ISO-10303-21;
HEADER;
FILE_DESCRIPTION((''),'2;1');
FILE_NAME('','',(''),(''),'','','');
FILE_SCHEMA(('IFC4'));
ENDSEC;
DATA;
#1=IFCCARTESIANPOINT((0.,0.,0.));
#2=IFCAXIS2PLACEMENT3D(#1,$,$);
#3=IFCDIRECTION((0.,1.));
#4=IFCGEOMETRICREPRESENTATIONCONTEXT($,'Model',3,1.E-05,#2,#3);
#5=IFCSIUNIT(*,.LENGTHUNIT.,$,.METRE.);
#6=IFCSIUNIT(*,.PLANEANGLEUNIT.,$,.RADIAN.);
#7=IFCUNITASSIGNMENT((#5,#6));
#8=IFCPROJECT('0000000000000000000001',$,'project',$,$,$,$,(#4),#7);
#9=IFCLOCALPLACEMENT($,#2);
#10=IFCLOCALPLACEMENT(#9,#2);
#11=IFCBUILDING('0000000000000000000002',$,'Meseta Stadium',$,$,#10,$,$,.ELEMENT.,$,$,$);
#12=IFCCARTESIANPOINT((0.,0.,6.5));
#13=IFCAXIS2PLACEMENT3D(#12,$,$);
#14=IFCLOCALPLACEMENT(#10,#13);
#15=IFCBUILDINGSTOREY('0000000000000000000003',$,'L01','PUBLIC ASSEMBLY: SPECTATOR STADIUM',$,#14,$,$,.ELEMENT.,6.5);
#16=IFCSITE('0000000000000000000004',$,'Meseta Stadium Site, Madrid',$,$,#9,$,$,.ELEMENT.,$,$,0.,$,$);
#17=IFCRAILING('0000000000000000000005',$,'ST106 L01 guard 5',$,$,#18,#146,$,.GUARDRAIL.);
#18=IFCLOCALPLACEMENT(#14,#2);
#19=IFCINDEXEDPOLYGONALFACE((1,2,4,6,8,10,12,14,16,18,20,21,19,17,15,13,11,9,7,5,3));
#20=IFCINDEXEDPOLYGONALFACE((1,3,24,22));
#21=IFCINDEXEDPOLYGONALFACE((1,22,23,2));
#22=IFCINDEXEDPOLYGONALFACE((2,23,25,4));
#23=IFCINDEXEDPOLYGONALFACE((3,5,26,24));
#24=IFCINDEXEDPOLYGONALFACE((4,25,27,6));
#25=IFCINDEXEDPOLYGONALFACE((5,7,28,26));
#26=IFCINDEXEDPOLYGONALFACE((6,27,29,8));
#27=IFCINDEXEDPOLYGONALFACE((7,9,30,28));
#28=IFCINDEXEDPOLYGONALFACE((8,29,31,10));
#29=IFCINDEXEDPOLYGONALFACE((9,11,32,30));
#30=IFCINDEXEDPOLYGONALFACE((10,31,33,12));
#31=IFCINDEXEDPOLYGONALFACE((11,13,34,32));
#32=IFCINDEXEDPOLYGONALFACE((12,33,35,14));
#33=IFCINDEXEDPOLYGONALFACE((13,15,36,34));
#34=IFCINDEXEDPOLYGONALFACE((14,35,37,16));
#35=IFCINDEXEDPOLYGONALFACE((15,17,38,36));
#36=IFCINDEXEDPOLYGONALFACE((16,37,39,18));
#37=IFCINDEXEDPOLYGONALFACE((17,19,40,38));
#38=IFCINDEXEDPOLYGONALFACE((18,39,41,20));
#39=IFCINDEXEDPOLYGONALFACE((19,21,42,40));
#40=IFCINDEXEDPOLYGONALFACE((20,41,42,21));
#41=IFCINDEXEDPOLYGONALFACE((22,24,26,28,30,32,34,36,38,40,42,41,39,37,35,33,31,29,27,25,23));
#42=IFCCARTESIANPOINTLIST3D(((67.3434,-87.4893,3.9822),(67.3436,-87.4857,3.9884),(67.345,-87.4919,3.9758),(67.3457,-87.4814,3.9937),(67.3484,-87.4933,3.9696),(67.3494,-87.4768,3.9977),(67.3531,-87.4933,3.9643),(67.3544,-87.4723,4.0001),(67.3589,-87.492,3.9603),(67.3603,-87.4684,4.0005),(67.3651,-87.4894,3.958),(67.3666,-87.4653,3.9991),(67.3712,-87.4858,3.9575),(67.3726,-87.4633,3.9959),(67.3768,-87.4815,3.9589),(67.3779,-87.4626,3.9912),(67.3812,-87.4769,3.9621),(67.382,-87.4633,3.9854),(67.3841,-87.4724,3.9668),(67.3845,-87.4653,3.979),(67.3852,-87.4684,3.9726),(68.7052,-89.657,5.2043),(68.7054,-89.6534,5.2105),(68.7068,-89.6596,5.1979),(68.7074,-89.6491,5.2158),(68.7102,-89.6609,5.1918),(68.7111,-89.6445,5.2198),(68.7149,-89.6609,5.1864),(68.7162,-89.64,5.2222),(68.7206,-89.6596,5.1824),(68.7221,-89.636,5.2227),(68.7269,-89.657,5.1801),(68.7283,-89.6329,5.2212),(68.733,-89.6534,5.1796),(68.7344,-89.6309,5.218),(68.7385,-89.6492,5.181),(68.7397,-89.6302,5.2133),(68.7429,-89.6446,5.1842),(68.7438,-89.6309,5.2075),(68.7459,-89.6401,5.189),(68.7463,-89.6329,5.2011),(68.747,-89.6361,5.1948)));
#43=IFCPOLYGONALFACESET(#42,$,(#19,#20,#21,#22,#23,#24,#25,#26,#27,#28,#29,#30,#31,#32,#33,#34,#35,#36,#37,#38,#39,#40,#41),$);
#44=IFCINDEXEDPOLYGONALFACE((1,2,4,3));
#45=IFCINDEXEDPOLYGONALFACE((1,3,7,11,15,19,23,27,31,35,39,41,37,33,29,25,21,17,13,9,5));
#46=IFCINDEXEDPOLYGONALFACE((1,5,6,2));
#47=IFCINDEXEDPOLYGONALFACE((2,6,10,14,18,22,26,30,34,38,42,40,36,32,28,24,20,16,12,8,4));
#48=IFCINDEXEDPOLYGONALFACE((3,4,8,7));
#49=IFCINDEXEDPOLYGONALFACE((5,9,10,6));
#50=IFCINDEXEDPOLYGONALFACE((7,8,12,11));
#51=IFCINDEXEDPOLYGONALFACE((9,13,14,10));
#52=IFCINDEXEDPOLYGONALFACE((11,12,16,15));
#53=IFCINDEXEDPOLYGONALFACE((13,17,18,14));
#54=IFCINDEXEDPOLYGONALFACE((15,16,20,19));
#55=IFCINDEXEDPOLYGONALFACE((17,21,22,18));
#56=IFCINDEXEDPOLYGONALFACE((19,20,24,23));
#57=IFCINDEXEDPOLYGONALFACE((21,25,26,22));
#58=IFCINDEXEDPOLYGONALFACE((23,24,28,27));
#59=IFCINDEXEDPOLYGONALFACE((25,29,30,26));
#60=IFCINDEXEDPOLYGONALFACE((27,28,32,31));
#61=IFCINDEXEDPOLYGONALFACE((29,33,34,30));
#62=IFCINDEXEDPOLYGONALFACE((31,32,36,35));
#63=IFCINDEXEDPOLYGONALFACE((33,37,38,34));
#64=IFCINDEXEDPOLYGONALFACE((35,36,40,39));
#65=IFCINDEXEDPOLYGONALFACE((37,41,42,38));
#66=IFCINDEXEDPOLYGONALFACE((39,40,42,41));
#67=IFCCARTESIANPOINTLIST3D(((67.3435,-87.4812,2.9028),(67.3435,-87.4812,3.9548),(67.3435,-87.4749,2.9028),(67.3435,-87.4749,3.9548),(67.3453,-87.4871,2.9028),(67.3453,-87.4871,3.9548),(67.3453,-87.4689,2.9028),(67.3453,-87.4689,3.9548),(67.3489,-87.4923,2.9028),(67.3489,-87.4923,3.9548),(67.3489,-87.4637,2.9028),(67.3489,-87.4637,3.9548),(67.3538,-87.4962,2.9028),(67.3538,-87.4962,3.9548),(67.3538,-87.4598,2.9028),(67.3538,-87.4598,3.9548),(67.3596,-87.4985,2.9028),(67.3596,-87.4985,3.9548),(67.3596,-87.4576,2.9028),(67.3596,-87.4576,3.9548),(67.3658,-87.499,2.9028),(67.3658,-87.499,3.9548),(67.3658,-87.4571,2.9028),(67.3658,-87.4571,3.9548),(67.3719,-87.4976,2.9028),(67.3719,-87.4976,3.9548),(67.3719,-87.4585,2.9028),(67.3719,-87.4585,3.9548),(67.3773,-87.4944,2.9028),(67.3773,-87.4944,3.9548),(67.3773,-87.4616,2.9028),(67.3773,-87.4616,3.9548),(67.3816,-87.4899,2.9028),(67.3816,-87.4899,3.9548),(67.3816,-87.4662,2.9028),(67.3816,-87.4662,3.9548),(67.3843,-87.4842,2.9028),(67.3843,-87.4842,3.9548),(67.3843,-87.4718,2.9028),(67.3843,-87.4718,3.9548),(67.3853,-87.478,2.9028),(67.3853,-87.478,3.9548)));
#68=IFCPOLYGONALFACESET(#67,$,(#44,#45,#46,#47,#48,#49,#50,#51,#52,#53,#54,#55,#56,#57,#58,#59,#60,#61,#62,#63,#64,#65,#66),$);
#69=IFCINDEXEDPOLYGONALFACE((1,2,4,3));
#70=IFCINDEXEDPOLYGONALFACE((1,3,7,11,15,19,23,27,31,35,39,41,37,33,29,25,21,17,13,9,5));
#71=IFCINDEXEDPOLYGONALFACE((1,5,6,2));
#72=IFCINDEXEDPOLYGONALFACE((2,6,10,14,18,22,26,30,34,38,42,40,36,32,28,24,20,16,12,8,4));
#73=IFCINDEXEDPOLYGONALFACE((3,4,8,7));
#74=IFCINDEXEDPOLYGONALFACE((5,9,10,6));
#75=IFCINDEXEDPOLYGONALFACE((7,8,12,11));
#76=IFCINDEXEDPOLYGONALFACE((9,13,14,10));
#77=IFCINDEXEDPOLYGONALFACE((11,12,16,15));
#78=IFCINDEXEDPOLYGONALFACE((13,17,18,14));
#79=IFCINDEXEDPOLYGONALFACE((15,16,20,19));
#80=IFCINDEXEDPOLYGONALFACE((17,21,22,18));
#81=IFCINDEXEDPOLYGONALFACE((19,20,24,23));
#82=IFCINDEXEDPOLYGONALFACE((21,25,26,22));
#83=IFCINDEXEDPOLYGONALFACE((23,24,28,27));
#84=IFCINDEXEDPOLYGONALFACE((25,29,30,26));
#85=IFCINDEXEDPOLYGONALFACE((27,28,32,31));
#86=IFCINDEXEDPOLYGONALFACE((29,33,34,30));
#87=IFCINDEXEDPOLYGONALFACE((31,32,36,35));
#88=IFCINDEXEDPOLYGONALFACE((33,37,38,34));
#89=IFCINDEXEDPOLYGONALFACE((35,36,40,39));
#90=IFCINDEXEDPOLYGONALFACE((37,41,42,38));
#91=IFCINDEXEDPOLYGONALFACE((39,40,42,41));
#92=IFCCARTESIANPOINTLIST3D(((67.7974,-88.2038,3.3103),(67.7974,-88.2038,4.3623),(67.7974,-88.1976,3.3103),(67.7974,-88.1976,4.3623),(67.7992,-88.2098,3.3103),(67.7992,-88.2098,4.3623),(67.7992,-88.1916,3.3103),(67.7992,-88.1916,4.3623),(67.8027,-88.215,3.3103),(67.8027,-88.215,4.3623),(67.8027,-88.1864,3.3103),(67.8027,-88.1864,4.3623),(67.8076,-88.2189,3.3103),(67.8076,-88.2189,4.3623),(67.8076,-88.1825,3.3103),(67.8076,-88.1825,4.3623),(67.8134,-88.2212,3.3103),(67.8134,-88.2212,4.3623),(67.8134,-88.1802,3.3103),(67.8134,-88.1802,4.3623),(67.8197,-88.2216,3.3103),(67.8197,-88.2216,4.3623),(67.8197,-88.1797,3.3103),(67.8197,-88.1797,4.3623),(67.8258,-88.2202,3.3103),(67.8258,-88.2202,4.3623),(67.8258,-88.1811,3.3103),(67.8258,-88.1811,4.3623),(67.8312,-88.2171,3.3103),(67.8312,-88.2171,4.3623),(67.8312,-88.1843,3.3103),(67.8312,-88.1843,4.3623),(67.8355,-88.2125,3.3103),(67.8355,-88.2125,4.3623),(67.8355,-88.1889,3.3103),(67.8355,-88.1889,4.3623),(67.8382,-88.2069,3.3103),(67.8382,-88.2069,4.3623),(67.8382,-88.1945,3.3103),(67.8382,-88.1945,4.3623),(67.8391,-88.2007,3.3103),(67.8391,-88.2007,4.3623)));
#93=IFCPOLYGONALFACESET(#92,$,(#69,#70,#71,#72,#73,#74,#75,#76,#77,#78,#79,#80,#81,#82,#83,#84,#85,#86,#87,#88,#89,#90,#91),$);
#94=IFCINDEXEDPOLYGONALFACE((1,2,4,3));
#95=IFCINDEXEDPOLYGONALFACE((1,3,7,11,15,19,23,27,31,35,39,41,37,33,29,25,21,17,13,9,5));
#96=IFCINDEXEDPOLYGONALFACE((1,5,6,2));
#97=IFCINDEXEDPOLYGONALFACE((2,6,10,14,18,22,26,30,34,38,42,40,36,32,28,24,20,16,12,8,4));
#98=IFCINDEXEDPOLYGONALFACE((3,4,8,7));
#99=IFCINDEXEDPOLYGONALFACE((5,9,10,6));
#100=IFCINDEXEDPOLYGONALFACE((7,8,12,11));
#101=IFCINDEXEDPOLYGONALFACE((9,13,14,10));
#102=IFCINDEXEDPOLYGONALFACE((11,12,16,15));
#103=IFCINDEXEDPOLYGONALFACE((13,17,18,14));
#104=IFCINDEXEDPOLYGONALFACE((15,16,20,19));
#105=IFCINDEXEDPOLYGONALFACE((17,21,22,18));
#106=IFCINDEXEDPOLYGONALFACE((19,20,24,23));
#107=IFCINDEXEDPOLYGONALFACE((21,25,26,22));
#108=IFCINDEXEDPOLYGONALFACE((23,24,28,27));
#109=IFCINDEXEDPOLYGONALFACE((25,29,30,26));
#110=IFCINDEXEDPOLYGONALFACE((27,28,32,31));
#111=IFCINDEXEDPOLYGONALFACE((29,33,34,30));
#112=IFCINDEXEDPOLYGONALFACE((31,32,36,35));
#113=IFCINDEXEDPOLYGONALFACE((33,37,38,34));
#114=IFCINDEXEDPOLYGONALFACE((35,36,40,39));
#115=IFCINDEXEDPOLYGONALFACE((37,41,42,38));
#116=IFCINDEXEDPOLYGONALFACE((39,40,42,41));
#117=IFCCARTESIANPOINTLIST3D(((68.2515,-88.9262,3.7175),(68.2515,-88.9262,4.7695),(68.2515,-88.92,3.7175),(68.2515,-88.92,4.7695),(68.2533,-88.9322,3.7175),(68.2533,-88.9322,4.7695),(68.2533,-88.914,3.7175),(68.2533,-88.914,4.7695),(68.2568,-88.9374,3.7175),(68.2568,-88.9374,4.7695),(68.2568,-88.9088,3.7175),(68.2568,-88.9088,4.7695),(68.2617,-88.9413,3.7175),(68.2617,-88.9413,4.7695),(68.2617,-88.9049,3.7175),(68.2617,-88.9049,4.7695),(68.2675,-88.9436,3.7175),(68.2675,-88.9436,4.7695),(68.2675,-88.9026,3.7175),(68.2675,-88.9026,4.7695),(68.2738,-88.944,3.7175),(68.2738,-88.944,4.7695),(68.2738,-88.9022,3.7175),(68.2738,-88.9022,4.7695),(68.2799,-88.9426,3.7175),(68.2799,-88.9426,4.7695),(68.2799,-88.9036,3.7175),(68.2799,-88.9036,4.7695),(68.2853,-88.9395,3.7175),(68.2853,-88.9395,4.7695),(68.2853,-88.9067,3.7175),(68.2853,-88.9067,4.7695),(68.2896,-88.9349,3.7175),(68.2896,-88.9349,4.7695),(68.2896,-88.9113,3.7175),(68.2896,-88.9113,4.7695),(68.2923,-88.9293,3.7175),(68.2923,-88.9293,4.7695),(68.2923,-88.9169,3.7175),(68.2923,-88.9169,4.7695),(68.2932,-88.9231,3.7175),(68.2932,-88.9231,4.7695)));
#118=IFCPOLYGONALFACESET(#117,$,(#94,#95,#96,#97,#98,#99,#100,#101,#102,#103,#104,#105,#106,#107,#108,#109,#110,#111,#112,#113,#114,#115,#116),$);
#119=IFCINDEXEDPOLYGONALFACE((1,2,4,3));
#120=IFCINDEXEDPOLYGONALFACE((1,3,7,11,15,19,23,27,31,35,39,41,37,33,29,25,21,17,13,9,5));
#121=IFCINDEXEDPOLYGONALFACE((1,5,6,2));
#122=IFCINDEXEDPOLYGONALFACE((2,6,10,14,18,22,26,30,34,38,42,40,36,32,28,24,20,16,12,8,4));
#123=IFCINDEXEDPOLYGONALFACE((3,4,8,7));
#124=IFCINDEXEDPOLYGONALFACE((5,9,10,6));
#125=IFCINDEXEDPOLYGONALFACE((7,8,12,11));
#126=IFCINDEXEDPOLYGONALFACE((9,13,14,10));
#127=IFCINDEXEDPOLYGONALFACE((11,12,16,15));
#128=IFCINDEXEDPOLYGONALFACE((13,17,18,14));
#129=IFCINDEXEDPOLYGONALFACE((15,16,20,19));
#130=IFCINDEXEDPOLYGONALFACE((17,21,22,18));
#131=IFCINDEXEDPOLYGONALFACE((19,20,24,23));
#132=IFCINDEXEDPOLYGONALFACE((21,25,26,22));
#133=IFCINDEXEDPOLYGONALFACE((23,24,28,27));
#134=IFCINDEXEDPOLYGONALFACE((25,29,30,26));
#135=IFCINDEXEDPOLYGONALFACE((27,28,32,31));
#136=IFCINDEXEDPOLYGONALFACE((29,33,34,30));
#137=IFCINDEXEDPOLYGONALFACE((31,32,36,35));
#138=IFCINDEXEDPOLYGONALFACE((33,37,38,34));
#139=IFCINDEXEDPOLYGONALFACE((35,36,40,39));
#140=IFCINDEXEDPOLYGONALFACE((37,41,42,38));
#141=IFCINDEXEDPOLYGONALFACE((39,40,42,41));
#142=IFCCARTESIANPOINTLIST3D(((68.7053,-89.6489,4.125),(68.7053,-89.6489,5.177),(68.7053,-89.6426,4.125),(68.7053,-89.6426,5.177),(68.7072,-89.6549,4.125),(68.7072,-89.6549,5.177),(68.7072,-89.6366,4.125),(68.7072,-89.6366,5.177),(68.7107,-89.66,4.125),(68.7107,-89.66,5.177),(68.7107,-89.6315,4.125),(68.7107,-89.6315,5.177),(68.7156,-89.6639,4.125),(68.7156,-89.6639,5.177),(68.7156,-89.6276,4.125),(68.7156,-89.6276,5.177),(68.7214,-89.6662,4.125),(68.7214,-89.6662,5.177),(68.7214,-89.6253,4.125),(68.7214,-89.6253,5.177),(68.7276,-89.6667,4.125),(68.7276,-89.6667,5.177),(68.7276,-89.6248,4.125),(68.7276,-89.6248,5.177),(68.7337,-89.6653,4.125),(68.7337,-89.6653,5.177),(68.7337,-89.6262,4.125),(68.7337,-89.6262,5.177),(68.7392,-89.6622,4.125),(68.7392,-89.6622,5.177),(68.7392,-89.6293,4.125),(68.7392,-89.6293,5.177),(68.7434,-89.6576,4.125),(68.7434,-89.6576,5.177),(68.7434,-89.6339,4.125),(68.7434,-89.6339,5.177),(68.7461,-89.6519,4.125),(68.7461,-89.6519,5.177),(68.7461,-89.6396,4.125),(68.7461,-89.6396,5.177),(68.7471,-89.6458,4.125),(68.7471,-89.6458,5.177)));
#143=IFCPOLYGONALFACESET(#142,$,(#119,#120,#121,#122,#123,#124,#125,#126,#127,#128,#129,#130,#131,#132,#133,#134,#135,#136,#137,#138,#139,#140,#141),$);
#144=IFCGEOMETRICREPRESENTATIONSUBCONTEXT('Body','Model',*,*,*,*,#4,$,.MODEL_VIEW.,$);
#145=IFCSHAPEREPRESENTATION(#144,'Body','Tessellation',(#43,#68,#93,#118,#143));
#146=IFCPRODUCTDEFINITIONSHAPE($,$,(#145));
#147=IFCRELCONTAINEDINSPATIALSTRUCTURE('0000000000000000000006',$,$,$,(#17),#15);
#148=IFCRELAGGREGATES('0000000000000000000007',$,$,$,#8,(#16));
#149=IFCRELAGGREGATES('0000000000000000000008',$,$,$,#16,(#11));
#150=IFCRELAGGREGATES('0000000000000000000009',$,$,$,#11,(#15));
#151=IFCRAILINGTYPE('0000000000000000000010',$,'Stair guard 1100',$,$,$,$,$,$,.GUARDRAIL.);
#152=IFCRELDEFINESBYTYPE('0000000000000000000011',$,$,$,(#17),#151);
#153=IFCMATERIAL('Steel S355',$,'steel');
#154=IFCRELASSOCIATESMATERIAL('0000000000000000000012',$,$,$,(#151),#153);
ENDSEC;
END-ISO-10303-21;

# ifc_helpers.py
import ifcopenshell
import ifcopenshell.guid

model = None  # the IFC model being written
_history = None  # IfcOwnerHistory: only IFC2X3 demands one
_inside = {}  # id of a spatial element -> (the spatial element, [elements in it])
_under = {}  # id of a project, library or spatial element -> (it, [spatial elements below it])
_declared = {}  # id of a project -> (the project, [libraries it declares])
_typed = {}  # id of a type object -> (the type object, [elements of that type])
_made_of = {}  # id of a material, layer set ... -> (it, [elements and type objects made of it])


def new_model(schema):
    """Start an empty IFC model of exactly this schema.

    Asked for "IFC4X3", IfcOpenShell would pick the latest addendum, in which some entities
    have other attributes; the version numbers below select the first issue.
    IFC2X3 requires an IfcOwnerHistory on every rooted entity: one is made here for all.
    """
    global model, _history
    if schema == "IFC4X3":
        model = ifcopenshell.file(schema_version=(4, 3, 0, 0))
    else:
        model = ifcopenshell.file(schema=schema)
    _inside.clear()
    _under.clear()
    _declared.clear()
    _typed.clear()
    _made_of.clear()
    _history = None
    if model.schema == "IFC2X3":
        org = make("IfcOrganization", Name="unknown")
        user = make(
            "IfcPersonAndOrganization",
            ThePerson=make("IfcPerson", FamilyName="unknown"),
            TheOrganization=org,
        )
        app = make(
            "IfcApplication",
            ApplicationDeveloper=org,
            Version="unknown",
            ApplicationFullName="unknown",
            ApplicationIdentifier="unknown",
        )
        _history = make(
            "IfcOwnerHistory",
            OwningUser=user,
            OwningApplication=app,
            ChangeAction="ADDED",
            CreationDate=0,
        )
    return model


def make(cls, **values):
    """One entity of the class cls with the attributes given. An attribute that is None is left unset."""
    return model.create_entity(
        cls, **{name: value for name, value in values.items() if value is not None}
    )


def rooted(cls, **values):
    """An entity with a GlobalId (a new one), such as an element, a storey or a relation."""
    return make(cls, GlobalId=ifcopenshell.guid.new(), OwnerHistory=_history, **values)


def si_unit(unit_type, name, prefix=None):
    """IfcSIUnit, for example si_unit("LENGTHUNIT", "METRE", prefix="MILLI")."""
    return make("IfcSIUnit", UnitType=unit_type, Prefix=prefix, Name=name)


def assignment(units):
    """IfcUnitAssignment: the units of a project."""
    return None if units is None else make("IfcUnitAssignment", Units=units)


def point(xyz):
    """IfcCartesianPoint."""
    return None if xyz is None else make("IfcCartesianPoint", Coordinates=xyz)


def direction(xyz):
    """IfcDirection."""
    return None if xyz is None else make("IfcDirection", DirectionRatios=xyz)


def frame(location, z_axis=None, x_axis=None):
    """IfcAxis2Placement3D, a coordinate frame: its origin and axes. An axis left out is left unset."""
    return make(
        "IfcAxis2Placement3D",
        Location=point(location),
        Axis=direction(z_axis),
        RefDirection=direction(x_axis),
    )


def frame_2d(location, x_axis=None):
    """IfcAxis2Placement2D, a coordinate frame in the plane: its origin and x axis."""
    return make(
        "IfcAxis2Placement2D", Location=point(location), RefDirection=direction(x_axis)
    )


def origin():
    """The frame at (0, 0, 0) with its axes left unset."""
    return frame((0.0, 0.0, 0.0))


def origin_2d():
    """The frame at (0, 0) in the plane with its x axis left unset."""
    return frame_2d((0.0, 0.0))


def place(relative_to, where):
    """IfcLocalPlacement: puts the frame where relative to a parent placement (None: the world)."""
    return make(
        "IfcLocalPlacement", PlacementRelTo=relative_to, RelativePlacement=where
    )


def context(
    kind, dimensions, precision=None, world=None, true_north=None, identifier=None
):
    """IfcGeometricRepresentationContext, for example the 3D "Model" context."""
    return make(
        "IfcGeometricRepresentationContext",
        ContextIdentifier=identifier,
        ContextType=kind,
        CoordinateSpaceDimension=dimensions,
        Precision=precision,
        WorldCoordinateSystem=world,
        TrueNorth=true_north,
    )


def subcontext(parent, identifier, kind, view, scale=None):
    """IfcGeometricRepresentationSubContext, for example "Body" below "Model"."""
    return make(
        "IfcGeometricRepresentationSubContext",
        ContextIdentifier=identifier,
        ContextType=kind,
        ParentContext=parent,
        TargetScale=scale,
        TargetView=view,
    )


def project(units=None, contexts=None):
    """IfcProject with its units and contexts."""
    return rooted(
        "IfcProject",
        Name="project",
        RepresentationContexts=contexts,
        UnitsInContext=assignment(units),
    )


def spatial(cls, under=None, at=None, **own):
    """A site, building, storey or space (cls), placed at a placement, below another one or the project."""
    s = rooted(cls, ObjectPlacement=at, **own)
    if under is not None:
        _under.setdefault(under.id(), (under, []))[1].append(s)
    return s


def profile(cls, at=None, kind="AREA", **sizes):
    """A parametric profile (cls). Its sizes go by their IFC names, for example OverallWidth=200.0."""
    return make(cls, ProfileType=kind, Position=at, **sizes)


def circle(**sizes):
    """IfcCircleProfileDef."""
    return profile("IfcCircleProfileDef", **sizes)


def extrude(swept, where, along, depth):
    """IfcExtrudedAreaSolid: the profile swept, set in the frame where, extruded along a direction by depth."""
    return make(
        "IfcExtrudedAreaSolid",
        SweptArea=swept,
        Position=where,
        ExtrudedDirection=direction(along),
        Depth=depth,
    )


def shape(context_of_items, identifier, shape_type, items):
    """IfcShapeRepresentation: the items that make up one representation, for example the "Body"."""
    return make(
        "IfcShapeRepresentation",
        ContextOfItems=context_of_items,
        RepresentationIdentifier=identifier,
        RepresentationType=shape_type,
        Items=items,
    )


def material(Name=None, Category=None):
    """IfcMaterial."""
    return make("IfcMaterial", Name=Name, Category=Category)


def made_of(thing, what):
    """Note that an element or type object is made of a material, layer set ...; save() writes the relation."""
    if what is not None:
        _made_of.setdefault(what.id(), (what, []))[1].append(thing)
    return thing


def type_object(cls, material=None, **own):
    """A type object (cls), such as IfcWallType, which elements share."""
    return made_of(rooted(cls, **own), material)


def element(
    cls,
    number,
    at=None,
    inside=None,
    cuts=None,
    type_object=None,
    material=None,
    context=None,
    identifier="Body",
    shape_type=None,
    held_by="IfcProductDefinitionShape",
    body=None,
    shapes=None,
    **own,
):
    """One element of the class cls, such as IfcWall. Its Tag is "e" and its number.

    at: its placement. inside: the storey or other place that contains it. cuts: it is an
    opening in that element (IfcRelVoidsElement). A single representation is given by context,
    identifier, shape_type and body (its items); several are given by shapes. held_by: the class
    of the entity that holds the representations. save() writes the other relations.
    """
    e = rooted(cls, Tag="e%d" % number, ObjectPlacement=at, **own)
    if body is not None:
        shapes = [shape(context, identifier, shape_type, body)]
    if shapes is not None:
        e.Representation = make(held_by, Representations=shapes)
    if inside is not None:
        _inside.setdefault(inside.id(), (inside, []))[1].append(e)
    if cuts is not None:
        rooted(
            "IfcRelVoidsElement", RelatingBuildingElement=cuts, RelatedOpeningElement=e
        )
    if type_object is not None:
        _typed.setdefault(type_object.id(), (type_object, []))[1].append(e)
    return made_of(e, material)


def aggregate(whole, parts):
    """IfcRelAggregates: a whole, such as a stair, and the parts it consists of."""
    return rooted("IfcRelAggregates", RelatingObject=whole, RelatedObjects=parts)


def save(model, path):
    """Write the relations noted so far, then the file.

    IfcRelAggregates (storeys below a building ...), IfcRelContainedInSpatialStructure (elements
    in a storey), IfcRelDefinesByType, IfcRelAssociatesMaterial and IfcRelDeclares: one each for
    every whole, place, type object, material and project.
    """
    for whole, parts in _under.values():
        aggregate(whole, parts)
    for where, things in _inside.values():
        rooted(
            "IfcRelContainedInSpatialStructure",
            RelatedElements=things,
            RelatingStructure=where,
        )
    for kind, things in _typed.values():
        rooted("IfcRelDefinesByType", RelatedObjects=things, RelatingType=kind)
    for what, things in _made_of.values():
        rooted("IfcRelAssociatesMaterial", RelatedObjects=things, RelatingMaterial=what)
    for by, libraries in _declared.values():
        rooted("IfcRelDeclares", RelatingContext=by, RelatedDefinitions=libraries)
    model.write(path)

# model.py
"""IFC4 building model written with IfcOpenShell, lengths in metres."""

from ifc_helpers import new_model, si_unit, direction, frame, origin, origin_2d, place, context, subcontext, project, spatial, circle, extrude, material, type_object, element, save


model = new_model("IFC4")

# Units and contexts
model_context = context("Model", 3, precision=1e-05, world=origin(), true_north=direction((0.0, 1.0)))
body_context = subcontext(model_context, "Body", "Model", "MODEL_VIEW")
ifc_project = project(units=[si_unit("LENGTHUNIT", "METRE"), si_unit("PLANEANGLEUNIT", "RADIAN")], contexts=[model_context])

# Site, building, storey
site_placement = place(None, origin())
site = spatial("IfcSite", under=ifc_project, at=site_placement, Name="Meseta Stadium Site, Madrid", CompositionType="ELEMENT", RefElevation=0.0)
building_placement = place(site_placement, origin())
building = spatial("IfcBuilding", under=site, at=building_placement, Name="Meseta Stadium", CompositionType="ELEMENT")
storey_placement = place(building_placement, frame((0.0, 0.0, 6.5)))
storey = spatial("IfcBuildingStorey", under=building, at=storey_placement, Name="L01", Description="PUBLIC ASSEMBLY: SPECTATOR STADIUM", CompositionType="ELEMENT", Elevation=6.5)

# Railing
ifc_material_1 = material(Name="Steel S355", Category="steel")
railing_type_1 = type_object("IfcRailingType", Name="Stair guard 1100", PredefinedType="GUARDRAIL", material=ifc_material_1)
railing_1_placement = place(storey_placement, frame((67.3643, -87.478, 2.9028)))
element("IfcRailing", 1, at=railing_1_placement, inside=storey, type_object=railing_type_1, Name="ST106 L01 guard 5", PredefinedType="GUARDRAIL", context=body_context, shape_type="SweptSolid", body=[
    extrude(circle(Radius=0.0239, at=origin_2d()), frame((0.0, 0.0, 1.0762), z_axis=(0.480059, -0.764152, 0.430831), x_axis=(0.846769, 0.531961, 0.0)), (0.0, 0.0, 1.0), 2.8367),
    extrude(circle(Radius=0.021, at=origin_2d()), origin(), (0.0, 0.0, 1.0), 1.052),
    extrude(circle(Radius=0.021, at=origin_2d()), frame((0.4539, -0.7227, 0.4075)), (0.0, 0.0, 1.0), 1.052),
    extrude(circle(Radius=0.021, at=origin_2d()), frame((0.908, -1.4451, 0.8147)), (0.0, 0.0, 1.0), 1.052),
    extrude(circle(Radius=0.021, at=origin_2d()), frame((1.3618, -2.1677, 1.2222)), (0.0, 0.0, 1.0), 1.052),
])

save(model, "model.ifc")
